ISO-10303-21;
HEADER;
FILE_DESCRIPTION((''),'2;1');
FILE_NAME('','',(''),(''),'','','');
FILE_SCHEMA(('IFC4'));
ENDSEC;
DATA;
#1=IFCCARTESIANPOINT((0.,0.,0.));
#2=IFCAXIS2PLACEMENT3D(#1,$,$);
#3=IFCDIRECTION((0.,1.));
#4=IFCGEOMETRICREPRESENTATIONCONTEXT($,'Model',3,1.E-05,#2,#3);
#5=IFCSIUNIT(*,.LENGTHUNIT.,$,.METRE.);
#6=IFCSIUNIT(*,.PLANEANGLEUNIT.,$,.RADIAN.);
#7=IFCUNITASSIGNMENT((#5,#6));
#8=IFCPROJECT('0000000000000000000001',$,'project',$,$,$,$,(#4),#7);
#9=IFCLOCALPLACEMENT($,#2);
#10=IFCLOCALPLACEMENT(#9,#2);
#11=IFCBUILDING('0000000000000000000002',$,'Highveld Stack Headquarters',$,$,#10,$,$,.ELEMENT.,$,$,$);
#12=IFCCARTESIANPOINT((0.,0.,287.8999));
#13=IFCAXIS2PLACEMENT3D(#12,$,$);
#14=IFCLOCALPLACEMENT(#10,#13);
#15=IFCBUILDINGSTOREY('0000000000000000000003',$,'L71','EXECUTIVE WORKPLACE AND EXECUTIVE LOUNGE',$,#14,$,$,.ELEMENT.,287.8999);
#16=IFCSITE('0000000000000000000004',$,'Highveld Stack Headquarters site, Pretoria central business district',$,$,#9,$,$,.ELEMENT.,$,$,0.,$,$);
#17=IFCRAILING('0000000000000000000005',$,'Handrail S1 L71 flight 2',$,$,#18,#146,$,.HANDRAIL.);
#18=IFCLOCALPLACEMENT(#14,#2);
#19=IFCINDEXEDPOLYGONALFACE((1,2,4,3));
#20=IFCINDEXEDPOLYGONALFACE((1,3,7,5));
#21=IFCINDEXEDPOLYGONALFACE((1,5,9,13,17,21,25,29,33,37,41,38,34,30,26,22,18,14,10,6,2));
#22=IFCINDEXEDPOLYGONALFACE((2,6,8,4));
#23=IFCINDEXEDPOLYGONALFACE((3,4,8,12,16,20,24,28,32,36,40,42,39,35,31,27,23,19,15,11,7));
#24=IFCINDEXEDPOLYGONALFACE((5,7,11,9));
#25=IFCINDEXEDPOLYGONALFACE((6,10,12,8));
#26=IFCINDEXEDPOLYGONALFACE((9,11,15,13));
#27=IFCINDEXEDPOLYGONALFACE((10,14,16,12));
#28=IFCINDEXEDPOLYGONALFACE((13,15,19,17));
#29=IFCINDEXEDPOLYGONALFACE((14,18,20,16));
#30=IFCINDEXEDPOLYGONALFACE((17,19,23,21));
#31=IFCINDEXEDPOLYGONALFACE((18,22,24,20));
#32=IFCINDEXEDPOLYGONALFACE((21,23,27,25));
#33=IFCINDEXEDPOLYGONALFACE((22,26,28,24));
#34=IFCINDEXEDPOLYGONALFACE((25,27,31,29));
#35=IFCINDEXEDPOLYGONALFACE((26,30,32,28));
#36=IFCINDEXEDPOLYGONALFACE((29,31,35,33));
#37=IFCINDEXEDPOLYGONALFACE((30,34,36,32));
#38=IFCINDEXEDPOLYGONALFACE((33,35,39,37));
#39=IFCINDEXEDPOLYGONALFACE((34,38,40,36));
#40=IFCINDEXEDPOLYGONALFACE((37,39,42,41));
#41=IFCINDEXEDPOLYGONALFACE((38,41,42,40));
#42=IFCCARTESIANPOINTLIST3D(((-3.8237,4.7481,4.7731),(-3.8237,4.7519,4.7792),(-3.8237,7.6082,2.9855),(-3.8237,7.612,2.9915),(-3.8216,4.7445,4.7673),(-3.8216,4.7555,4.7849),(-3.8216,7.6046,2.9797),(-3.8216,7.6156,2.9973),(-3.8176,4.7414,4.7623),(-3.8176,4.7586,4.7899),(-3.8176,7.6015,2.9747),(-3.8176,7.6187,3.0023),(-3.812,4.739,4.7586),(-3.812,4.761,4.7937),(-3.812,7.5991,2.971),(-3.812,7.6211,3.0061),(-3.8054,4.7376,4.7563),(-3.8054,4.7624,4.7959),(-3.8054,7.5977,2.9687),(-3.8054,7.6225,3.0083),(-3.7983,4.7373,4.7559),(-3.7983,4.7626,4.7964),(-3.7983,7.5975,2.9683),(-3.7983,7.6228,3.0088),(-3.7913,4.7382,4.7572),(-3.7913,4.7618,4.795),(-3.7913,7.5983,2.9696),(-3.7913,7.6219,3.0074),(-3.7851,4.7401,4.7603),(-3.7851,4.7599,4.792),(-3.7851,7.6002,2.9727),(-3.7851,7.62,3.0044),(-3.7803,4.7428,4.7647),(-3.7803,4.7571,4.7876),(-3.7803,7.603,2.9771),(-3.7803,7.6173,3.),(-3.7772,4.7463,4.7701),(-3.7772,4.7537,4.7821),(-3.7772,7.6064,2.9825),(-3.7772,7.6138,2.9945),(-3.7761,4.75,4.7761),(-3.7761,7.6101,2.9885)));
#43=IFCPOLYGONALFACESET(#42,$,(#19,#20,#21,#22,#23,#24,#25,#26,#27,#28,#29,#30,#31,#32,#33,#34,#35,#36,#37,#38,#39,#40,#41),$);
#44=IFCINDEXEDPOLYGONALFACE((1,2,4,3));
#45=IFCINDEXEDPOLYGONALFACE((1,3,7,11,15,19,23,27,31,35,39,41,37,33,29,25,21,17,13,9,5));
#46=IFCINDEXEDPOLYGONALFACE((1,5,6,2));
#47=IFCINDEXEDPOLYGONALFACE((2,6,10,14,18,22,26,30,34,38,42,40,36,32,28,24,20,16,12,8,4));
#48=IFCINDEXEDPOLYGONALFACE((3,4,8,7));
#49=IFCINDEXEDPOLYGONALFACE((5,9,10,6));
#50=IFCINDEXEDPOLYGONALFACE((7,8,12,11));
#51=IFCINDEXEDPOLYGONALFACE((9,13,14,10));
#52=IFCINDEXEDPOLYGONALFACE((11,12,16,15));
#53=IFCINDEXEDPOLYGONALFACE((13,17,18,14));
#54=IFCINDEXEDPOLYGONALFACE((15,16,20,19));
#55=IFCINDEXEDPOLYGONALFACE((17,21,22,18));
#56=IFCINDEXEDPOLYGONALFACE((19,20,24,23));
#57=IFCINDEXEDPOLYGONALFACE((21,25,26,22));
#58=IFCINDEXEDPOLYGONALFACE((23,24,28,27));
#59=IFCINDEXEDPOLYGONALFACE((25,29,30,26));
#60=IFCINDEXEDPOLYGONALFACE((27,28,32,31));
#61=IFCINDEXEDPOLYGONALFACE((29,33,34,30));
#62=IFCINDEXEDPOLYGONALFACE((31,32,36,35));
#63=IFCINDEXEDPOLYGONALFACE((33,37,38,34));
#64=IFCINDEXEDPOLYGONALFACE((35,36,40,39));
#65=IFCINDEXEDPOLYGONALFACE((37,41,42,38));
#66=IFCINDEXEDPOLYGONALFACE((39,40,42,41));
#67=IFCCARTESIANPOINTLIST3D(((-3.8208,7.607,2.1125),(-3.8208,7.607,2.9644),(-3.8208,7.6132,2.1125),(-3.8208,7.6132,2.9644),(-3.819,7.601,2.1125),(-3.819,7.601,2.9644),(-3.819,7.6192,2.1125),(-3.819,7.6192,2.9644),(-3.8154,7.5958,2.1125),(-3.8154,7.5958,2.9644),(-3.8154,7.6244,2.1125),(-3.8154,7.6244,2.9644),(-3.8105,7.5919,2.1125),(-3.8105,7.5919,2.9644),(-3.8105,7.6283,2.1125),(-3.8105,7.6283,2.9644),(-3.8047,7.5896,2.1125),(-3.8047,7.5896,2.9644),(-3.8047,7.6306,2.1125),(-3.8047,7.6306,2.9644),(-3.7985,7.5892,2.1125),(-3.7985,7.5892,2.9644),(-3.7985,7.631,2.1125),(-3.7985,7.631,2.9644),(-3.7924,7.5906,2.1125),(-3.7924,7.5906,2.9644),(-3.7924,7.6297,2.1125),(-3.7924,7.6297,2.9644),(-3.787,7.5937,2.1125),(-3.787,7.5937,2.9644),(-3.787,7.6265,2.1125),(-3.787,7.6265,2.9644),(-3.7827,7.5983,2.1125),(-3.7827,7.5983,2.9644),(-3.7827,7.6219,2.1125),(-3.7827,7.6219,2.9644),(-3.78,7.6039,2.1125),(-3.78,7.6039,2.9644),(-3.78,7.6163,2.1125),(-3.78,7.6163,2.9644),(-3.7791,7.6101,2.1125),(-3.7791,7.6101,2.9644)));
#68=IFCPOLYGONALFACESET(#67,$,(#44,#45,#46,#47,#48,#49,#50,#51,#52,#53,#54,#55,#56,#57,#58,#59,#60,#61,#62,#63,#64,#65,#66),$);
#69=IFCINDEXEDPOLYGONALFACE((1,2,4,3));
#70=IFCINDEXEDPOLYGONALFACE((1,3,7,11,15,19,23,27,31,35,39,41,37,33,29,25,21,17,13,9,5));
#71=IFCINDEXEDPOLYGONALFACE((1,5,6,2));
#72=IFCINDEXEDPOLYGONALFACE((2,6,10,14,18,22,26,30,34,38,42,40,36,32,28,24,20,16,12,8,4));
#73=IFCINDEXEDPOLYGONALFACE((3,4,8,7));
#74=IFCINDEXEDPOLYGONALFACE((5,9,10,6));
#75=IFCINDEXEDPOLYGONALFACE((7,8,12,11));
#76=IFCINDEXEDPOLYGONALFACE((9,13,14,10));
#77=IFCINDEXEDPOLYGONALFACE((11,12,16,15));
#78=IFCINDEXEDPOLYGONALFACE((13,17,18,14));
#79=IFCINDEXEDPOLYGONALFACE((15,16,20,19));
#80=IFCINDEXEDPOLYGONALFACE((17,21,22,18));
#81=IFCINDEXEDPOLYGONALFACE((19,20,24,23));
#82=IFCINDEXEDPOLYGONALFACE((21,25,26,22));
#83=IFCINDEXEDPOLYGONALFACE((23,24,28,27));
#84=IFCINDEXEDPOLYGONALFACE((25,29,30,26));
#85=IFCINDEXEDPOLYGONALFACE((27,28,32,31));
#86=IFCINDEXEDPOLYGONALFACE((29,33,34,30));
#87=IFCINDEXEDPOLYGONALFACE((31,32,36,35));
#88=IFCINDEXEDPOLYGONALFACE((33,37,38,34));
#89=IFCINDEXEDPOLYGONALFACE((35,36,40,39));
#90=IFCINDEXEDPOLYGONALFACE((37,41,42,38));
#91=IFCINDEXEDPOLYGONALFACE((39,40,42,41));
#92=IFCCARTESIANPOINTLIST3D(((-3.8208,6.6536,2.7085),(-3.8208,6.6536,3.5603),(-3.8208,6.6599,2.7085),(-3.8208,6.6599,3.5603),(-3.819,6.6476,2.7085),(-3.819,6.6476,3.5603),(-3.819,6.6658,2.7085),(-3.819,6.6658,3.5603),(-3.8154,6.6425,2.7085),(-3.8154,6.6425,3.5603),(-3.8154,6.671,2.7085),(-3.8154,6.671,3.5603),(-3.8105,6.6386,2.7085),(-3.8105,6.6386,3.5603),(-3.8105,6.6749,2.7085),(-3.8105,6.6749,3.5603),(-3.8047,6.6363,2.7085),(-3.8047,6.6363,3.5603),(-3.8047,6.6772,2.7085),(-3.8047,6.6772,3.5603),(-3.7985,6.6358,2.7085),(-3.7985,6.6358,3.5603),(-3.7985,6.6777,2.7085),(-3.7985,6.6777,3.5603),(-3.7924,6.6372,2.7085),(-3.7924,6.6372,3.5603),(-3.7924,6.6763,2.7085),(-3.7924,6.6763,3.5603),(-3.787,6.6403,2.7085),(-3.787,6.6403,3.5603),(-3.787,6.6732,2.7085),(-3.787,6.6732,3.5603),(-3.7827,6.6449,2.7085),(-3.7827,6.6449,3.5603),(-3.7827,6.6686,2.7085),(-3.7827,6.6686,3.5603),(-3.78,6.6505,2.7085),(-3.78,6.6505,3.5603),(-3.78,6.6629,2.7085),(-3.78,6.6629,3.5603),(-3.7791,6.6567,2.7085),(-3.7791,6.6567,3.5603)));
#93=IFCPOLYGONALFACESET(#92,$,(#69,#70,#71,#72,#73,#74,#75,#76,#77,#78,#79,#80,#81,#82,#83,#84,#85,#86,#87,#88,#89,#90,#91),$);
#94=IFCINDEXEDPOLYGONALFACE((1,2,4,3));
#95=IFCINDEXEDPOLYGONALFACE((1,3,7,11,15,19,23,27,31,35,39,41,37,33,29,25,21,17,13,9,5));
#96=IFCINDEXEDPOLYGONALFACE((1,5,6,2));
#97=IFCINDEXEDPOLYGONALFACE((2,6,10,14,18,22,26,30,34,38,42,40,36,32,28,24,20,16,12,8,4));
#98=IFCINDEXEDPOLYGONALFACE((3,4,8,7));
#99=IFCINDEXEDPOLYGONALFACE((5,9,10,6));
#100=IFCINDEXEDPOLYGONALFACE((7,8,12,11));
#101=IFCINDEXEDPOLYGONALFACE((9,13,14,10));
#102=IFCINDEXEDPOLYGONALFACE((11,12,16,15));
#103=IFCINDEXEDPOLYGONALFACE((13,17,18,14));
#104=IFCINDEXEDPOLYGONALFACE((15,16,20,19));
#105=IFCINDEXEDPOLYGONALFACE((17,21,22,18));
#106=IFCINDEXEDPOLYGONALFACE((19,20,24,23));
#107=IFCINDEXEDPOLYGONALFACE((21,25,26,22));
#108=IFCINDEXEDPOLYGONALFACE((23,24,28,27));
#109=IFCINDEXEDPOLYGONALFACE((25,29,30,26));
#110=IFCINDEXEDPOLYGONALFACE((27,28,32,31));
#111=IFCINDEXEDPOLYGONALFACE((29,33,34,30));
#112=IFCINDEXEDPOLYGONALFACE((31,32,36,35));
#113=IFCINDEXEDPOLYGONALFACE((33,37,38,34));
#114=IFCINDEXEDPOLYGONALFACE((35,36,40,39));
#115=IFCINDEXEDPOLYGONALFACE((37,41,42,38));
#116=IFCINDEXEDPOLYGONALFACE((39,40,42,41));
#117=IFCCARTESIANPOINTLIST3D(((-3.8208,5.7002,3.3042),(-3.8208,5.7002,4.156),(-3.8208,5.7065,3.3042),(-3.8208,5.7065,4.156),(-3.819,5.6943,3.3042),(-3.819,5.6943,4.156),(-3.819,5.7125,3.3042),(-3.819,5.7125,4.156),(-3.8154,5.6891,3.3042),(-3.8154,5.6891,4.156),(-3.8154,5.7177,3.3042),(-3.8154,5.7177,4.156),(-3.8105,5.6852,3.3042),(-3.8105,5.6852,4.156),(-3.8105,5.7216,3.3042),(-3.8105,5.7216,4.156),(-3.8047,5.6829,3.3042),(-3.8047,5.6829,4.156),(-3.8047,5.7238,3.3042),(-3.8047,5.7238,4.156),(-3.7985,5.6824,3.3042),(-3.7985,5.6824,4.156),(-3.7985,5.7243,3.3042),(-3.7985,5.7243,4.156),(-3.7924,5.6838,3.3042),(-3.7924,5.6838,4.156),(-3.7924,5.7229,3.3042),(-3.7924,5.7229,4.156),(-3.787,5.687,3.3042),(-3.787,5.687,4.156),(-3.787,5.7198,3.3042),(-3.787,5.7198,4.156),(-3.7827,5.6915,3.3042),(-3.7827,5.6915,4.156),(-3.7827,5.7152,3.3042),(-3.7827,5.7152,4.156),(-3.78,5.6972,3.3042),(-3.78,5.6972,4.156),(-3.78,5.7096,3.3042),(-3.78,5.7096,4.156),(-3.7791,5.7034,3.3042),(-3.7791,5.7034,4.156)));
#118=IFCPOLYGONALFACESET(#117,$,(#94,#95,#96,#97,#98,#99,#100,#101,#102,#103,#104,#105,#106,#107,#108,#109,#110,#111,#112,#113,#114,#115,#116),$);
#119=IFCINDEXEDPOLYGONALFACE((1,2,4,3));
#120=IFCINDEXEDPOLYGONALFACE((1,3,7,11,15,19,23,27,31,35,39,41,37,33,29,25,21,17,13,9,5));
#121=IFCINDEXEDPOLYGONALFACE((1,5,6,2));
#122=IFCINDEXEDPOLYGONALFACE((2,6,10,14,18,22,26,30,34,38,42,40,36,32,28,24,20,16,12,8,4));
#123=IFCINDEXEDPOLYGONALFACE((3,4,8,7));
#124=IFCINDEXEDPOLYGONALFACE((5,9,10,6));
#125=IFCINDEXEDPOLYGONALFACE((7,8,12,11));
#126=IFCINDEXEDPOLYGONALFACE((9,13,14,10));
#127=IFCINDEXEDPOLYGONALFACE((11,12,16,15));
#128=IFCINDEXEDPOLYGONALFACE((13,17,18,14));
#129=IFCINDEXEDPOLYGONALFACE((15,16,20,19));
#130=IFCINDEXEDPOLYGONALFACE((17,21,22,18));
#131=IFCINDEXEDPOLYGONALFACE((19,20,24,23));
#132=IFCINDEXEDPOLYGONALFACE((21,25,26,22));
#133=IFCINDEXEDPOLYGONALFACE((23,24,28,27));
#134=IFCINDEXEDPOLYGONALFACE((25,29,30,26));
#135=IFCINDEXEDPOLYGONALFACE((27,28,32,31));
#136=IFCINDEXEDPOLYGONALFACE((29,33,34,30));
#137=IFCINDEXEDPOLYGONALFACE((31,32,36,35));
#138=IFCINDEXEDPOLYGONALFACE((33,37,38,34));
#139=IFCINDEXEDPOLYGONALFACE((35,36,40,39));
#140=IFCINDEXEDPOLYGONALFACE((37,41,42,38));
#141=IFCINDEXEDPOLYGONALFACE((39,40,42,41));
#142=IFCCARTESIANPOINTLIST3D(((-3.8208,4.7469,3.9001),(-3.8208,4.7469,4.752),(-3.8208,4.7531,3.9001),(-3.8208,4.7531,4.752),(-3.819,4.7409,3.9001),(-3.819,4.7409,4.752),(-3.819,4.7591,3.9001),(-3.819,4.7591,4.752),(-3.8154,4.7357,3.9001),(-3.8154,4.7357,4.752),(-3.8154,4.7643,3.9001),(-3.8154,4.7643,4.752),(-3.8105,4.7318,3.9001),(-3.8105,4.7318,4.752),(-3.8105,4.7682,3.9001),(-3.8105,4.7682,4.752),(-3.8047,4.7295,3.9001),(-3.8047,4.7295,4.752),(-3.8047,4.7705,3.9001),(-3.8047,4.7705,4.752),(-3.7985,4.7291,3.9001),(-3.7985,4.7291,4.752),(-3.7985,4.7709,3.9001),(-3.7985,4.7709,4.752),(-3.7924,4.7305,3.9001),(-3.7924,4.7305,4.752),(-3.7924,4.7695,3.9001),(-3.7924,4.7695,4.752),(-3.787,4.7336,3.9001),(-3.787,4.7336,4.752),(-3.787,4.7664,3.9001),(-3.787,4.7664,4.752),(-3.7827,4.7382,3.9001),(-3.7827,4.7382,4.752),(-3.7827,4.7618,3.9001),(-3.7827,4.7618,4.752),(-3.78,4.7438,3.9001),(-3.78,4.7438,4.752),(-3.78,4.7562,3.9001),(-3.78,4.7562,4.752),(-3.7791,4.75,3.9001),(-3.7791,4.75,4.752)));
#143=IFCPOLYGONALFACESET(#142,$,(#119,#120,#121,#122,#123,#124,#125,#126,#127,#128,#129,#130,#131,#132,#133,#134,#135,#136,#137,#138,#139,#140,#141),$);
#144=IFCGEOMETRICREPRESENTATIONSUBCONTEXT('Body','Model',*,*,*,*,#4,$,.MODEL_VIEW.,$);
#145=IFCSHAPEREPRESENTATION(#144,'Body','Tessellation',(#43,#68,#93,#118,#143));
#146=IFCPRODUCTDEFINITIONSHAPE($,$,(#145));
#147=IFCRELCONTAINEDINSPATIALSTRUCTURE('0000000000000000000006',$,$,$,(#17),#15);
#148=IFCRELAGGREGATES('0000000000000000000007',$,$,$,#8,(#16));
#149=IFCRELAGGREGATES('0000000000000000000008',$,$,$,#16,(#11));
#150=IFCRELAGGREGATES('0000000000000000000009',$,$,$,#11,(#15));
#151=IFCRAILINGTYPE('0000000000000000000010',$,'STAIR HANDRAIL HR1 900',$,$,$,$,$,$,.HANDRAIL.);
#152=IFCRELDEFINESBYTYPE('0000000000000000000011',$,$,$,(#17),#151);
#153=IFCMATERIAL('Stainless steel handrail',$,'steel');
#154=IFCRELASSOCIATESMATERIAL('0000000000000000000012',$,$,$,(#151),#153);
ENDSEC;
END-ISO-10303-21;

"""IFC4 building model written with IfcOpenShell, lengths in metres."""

from ifc_helpers import new_model, si_unit, direction, frame, origin, origin_2d, place, context, subcontext, project, spatial, circle, extrude, material, type_object, element, save


model = new_model("IFC4")

# Units and contexts
model_context = context("Model", 3, precision=1e-05, world=origin(), true_north=direction((0.0, 1.0)))
body_context = subcontext(model_context, "Body", "Model", "MODEL_VIEW")
ifc_project = project(units=[si_unit("LENGTHUNIT", "METRE"), si_unit("PLANEANGLEUNIT", "RADIAN")], contexts=[model_context])

# Site, building, storey
site_placement = place(None, origin())
site = spatial("IfcSite", under=ifc_project, at=site_placement, Name="Highveld Stack Headquarters site, Pretoria central business district", CompositionType="ELEMENT", RefElevation=0.0)
building_placement = place(site_placement, origin())
building = spatial("IfcBuilding", under=site, at=building_placement, Name="Highveld Stack Headquarters", CompositionType="ELEMENT")
storey_placement = place(building_placement, frame((0.0, 0.0, 287.8999)))
storey = spatial("IfcBuildingStorey", under=building, at=storey_placement, Name="L71", Description="EXECUTIVE WORKPLACE AND EXECUTIVE LOUNGE", CompositionType="ELEMENT", Elevation=287.8999)

# Railing
ifc_material_1 = material(Name="Stainless steel handrail", Category="steel")
railing_type = type_object("IfcRailingType", Name="STAIR HANDRAIL HR1 900", PredefinedType="HANDRAIL", material=ifc_material_1)
for number, where, name in (
    (1, (-3.8, 7.6101, 2.1125), "Handrail S1 L71 flight 2"),
):
    element("IfcRailing", number, at=place(storey_placement, frame(where)), inside=storey, type_object=railing_type, Name=name, PredefinedType="HANDRAIL", context=body_context, shape_type="SweptSolid", body=[
        extrude(circle(Radius=0.0239, at=origin_2d()), frame((0.0, 0.0, 0.876), z_axis=(0.0, -0.847994, 0.530005), x_axis=(1.0, 0.0, 0.0)), (0.0, 0.0, 1.0), 3.3728),
        extrude(circle(Radius=0.021, at=origin_2d()), origin(), (0.0, 0.0, 1.0), 0.8518),
        extrude(circle(Radius=0.021, at=origin_2d()), frame((0.0, -0.9534, 0.5959)), (0.0, 0.0, 1.0), 0.8518),
        extrude(circle(Radius=0.021, at=origin_2d()), frame((0.0, -1.9067, 1.1917)), (0.0, 0.0, 1.0), 0.8518),
        extrude(circle(Radius=0.021, at=origin_2d()), frame((0.0, -2.8601, 1.7876)), (0.0, 0.0, 1.0), 0.8518),
    ])

save(model, "model.ifc")
